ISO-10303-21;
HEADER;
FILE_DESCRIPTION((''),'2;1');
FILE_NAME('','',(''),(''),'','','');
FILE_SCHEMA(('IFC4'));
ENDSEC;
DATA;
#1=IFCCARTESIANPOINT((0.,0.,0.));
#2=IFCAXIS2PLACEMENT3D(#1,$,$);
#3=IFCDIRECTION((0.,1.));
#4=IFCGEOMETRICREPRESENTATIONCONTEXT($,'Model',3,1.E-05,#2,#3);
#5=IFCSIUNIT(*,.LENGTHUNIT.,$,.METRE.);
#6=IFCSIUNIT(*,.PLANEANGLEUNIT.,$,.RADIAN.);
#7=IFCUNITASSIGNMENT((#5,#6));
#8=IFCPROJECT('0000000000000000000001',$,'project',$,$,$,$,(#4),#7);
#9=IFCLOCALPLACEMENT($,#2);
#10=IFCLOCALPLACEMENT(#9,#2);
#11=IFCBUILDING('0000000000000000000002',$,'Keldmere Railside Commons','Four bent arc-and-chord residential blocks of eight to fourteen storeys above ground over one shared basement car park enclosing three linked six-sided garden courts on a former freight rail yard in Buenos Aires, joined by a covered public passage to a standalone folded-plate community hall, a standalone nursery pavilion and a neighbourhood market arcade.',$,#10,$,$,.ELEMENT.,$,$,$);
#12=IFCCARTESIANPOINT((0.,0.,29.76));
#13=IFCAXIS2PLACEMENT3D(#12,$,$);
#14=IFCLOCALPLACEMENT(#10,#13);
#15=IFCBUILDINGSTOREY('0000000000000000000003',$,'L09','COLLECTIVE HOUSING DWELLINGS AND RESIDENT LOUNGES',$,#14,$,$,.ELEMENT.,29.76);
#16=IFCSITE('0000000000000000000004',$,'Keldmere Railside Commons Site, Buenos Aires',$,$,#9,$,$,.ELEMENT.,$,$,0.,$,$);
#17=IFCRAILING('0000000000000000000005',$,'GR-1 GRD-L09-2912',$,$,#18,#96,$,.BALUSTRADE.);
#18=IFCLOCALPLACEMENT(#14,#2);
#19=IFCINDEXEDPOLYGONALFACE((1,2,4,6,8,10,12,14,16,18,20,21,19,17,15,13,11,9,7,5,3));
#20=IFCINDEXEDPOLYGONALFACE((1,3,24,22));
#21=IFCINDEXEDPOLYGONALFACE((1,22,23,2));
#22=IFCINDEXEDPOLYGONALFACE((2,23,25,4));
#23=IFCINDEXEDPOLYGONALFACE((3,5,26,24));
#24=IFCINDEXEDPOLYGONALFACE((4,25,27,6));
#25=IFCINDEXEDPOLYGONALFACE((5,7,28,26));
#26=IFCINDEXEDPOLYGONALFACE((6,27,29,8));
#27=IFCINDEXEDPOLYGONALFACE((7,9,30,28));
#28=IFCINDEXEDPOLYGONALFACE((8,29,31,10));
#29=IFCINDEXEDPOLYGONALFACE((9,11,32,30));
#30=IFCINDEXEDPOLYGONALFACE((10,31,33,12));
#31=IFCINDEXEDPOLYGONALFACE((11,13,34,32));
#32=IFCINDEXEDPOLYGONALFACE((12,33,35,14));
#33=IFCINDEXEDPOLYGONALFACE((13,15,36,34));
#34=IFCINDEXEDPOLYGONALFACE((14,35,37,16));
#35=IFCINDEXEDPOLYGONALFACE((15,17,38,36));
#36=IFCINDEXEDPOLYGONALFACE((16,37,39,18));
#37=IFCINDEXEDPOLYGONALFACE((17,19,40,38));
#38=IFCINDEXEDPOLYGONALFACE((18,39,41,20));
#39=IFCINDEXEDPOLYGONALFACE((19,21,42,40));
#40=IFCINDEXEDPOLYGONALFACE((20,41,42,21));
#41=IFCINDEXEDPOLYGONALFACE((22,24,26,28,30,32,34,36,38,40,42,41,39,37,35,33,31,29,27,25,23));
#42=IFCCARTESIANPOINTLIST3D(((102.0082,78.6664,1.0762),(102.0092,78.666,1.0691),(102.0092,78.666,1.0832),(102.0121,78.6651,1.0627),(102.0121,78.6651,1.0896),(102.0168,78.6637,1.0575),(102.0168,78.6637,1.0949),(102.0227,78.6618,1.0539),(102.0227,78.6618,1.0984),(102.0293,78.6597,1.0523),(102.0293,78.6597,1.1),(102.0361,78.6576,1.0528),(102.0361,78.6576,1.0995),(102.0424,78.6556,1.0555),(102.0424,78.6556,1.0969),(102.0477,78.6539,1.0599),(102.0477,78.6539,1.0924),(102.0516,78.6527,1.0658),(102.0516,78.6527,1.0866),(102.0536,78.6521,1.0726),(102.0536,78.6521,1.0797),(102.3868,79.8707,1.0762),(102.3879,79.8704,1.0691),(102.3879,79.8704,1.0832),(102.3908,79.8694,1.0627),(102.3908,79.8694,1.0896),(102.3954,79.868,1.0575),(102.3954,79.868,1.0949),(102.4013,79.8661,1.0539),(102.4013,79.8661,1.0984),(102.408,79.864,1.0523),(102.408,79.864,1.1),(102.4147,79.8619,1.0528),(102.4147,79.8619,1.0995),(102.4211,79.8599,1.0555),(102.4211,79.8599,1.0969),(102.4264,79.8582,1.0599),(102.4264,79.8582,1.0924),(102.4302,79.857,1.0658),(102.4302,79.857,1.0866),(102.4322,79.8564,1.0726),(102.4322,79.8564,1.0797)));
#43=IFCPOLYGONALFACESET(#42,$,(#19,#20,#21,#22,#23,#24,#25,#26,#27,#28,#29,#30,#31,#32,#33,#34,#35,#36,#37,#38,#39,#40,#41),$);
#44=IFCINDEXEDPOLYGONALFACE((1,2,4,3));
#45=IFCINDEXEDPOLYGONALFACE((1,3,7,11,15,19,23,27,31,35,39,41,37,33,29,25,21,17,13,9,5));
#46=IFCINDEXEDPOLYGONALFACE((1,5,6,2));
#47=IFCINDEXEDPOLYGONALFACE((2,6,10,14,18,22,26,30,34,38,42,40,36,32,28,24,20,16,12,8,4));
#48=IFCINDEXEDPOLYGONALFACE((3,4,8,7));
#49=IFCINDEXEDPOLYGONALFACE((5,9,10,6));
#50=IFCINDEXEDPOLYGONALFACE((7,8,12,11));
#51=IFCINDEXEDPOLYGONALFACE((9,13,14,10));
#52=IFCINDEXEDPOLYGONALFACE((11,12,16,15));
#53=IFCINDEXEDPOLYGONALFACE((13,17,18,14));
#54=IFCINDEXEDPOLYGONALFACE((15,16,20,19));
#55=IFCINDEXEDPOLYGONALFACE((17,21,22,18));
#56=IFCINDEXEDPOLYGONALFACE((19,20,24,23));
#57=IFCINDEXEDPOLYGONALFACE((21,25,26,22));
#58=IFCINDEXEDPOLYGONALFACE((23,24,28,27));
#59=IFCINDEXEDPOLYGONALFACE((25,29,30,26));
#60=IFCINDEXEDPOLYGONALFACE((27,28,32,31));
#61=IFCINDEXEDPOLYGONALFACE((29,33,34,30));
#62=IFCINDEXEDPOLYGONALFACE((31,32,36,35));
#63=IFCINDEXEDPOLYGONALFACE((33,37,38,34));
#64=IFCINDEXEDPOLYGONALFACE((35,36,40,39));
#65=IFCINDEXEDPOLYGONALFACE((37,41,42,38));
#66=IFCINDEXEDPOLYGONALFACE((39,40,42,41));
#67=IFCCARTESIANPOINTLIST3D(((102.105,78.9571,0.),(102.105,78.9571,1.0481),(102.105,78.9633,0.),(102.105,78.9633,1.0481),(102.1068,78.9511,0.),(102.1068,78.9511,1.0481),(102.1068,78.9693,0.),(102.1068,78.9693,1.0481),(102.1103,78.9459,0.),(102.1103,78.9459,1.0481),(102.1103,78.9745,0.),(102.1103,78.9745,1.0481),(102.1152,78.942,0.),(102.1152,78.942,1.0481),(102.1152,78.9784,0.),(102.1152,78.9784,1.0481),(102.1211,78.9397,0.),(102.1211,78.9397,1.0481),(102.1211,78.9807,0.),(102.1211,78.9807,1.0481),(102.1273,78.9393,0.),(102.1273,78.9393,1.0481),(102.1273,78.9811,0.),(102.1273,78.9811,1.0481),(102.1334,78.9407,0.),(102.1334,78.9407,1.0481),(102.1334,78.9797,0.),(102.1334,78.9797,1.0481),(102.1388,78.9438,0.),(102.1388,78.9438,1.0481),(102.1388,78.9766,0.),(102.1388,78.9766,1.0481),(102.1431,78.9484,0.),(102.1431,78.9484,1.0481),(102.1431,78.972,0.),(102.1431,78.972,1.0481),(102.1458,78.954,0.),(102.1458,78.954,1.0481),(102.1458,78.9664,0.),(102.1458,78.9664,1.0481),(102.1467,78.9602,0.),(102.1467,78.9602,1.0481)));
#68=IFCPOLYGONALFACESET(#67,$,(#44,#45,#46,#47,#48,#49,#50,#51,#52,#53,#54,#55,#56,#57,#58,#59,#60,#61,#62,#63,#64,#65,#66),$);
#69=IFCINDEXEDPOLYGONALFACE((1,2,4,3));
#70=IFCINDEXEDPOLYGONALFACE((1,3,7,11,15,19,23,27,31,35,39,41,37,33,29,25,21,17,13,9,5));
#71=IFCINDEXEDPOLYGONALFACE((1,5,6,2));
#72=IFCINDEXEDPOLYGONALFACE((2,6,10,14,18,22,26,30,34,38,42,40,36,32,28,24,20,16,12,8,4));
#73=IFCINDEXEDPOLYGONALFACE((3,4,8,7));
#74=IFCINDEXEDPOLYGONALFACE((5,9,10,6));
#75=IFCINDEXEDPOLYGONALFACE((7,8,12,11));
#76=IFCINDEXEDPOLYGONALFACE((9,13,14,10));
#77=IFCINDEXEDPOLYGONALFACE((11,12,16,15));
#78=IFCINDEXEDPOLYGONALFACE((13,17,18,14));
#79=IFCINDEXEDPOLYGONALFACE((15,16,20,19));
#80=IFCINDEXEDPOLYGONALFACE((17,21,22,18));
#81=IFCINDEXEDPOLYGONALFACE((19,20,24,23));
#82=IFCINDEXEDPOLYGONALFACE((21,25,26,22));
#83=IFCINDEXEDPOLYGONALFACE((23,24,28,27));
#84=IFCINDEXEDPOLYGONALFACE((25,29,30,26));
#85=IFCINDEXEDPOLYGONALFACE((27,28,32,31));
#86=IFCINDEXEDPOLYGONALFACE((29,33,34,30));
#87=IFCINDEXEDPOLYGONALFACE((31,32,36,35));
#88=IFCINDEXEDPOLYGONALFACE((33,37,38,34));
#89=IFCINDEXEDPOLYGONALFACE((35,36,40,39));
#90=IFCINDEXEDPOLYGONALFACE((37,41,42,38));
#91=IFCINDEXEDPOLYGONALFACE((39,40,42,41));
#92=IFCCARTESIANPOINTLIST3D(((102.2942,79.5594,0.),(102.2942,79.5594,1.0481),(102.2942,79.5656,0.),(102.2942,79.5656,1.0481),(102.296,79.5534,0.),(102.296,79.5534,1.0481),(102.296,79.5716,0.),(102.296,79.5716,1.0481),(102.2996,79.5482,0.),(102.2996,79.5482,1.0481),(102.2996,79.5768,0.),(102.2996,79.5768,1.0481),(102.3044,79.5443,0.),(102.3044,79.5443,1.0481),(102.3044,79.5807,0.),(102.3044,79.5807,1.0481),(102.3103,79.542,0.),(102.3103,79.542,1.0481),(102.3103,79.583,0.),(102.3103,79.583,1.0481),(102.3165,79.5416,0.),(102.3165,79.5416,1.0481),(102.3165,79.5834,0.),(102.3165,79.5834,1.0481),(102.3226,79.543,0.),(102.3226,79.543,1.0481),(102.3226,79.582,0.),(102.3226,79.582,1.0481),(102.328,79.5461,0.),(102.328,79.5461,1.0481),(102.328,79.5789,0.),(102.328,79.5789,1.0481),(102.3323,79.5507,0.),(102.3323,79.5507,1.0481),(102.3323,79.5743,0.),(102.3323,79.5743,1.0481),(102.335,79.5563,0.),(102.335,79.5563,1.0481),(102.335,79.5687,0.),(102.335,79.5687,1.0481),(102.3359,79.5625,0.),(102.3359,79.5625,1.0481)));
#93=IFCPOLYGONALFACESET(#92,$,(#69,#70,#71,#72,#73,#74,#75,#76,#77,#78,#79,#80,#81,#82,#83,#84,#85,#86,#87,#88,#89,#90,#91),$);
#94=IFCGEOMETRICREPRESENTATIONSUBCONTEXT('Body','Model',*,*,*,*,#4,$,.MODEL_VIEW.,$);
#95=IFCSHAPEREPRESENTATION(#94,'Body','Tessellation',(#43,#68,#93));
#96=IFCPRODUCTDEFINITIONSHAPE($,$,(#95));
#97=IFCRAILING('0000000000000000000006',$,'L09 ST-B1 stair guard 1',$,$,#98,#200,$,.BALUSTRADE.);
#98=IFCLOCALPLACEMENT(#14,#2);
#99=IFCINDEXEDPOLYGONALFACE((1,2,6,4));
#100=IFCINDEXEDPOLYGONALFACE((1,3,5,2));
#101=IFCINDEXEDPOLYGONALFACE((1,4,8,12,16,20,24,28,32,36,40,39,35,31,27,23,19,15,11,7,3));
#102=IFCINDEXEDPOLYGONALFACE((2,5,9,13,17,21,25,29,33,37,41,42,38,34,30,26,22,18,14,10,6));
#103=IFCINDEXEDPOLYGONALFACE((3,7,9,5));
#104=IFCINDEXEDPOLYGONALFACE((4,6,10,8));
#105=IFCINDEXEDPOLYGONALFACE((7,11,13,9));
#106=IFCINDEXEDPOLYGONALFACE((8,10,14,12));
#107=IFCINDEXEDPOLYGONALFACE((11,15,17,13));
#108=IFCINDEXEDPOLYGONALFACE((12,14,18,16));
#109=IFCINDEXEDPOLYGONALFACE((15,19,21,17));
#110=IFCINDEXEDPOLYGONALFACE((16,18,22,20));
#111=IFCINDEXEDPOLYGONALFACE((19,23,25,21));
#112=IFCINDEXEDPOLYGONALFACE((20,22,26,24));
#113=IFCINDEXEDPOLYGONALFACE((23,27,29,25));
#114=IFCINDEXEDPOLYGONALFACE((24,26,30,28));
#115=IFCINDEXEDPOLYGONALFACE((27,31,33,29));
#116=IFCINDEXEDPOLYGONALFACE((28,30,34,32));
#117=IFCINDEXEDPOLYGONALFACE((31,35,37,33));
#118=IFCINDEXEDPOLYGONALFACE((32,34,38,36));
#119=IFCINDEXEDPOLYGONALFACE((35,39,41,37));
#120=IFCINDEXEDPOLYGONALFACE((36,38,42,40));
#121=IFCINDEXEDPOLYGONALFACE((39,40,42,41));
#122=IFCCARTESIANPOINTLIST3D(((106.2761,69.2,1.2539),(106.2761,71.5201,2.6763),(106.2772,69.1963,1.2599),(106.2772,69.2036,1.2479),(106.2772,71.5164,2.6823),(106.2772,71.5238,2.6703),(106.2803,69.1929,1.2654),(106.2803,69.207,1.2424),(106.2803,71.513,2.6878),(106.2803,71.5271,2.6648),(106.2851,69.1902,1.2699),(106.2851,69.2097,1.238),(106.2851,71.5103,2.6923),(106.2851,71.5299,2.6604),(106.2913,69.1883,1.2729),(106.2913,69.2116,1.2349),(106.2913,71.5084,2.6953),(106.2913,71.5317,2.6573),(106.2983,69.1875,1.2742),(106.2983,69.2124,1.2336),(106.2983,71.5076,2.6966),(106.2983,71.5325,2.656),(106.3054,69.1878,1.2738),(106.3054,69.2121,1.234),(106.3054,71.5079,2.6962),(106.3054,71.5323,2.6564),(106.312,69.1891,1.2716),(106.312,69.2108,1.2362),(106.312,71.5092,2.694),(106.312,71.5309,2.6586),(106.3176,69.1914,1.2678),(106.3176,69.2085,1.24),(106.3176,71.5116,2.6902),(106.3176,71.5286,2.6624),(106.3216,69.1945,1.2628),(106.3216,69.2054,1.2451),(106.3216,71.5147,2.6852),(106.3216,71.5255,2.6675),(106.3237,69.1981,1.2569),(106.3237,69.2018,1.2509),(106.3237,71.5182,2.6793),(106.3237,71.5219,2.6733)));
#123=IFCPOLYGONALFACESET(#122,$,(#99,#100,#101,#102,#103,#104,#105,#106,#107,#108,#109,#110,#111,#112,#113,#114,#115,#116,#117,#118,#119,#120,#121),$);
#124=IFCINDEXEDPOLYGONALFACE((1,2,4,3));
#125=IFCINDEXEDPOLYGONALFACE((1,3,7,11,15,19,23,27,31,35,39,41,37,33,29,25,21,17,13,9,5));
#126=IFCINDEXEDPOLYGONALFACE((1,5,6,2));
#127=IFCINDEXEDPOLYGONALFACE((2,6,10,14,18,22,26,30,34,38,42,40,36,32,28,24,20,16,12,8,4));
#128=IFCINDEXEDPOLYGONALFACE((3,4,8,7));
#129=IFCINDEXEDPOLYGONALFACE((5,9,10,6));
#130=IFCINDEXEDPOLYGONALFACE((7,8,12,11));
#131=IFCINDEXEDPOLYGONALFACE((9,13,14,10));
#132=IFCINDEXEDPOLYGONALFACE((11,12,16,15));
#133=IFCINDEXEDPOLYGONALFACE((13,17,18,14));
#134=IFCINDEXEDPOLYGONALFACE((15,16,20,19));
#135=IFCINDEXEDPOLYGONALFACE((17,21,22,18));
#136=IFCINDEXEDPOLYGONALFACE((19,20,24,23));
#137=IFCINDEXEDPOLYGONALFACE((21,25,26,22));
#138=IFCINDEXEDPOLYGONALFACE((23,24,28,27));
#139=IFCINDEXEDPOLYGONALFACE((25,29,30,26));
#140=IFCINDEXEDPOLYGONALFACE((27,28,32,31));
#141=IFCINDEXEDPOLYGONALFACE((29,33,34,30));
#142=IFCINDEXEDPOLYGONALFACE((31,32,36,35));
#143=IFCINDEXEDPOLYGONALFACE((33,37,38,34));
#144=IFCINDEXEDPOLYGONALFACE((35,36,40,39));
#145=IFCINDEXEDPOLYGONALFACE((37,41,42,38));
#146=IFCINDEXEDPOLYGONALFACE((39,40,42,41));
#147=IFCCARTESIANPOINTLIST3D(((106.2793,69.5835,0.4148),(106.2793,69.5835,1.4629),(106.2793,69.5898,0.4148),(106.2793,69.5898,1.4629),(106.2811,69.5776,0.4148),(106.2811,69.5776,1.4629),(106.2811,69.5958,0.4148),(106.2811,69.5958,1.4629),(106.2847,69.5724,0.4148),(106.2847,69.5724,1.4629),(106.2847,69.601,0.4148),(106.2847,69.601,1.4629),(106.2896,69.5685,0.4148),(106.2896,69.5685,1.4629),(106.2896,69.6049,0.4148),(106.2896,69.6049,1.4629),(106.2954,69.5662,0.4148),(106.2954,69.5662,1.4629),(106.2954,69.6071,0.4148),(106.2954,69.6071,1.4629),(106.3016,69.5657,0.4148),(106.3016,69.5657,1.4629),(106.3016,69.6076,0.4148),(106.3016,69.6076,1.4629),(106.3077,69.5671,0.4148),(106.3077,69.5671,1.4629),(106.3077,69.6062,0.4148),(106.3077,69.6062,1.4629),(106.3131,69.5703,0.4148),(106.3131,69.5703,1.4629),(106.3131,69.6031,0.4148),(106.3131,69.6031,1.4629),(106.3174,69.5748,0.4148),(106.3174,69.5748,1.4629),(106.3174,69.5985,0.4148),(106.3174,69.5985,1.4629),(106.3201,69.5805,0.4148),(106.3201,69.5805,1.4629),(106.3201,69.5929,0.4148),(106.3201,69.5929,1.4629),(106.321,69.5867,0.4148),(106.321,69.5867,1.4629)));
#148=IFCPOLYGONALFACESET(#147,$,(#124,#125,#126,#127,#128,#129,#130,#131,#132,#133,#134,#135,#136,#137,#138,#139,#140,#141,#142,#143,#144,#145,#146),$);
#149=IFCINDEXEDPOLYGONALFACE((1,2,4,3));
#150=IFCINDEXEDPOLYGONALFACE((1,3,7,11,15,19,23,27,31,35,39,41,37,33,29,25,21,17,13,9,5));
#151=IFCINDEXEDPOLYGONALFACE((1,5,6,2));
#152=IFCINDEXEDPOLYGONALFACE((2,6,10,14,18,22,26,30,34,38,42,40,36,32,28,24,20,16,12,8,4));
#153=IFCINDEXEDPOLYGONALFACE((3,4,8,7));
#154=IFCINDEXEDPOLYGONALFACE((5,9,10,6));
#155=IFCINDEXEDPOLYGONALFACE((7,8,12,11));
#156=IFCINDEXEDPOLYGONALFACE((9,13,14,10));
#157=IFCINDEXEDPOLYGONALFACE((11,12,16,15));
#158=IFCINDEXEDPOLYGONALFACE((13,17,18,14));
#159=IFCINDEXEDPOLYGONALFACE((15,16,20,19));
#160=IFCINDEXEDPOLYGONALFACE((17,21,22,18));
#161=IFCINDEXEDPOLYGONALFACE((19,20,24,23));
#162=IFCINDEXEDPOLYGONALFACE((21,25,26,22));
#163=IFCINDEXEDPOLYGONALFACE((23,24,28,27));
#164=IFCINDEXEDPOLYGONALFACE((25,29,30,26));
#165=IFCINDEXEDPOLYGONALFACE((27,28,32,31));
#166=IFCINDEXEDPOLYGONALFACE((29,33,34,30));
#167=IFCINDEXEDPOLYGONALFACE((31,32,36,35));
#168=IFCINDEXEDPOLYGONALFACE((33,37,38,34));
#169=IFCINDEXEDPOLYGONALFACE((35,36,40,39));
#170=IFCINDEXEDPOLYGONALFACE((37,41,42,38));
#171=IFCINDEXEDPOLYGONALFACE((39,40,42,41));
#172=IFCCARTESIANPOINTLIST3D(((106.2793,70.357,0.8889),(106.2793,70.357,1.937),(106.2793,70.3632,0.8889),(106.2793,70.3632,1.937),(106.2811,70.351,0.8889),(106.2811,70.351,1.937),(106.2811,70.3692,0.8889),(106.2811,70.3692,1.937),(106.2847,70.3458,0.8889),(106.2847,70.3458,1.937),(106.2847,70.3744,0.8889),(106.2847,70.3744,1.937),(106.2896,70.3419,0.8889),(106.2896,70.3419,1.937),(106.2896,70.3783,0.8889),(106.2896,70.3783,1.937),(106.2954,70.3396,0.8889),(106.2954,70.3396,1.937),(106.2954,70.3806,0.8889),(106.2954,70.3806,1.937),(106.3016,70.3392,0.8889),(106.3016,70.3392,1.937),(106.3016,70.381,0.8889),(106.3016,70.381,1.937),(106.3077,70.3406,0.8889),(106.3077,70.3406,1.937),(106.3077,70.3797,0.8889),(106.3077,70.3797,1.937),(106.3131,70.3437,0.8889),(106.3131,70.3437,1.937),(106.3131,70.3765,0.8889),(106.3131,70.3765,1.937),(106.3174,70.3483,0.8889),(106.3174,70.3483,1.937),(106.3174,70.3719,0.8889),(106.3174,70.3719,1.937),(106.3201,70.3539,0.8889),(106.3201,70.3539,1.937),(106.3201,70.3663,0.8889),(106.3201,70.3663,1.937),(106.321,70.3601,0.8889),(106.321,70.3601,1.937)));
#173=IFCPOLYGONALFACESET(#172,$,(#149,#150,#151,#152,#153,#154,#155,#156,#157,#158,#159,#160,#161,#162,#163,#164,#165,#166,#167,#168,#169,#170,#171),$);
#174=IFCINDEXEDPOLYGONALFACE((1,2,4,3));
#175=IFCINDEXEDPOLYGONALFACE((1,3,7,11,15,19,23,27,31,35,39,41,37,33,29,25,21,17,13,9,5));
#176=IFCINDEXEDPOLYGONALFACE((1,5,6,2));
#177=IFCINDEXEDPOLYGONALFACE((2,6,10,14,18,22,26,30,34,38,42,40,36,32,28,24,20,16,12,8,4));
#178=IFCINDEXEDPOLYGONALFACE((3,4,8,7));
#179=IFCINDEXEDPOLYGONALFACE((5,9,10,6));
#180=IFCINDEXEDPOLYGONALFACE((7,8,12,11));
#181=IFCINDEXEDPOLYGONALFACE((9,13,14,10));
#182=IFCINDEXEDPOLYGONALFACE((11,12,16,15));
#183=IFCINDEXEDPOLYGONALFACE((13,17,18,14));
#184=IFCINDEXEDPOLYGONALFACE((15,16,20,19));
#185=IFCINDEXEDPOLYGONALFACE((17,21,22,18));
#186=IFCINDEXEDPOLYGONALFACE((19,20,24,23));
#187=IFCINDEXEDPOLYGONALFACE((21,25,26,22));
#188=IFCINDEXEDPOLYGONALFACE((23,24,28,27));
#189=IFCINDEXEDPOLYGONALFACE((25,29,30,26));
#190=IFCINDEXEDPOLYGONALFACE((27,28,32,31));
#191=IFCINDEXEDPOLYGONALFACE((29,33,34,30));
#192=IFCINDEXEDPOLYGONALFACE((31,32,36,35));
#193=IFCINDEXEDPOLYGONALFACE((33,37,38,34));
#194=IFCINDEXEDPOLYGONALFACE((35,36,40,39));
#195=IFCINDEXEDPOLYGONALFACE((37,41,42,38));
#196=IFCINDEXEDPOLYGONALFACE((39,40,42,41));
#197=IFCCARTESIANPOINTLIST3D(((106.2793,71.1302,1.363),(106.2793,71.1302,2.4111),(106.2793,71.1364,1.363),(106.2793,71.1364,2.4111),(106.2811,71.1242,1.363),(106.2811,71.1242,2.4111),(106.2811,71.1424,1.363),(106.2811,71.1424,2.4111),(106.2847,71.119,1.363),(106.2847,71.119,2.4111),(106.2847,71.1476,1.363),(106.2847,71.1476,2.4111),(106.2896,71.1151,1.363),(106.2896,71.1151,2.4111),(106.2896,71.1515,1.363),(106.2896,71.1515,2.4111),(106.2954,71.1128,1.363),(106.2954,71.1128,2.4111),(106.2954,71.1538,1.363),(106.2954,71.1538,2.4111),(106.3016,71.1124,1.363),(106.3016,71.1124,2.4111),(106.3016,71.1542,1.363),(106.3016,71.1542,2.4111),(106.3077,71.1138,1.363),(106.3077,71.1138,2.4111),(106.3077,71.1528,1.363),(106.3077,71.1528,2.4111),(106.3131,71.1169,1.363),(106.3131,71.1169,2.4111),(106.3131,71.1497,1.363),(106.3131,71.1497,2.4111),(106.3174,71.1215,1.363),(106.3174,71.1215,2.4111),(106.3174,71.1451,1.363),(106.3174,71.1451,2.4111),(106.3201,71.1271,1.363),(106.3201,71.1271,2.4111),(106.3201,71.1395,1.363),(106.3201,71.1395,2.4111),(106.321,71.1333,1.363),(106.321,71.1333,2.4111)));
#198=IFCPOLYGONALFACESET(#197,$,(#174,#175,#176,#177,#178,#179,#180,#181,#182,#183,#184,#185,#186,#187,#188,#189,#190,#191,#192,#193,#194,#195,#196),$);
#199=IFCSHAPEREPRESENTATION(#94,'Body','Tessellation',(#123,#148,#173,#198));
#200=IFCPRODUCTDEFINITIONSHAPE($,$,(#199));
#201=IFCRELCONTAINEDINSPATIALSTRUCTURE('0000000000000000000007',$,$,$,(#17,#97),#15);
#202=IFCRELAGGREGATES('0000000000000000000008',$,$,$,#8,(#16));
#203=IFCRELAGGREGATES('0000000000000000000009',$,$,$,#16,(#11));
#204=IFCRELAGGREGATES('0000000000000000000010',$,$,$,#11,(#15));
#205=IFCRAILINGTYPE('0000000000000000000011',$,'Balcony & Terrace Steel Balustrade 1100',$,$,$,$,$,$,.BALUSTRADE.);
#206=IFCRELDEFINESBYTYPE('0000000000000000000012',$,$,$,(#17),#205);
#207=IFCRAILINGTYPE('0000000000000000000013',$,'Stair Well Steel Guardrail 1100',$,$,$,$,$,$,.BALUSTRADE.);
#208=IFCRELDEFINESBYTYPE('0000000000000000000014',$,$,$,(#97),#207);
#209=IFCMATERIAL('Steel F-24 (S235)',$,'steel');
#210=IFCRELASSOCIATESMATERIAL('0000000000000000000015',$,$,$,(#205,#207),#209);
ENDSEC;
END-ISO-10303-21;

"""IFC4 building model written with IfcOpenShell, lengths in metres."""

from ifc_helpers import new_model, si_unit, direction, frame, origin, origin_2d, place, context, subcontext, project, spatial, circle, extrude, material, type_object, element, save


model = new_model("IFC4")

# Units and contexts
model_context = context("Model", 3, precision=1e-05, world=origin(), true_north=direction((0.0, 1.0)))
body_context = subcontext(model_context, "Body", "Model", "MODEL_VIEW")
ifc_project = project(units=[si_unit("LENGTHUNIT", "METRE"), si_unit("PLANEANGLEUNIT", "RADIAN")], contexts=[model_context])

# Site, building, storey
site_placement = place(None, origin())
site = spatial("IfcSite", under=ifc_project, at=site_placement, Name="Keldmere Railside Commons Site, Buenos Aires", CompositionType="ELEMENT", RefElevation=0.0)
building_placement = place(site_placement, origin())
building = spatial("IfcBuilding", under=site, at=building_placement, Name="Keldmere Railside Commons", Description="Four bent arc-and-chord residential blocks of eight to fourteen storeys above ground over one shared basement car park enclosing three linked six-sided garden courts on a former freight rail yard in Buenos Aires, joined by a covered public passage to a standalone folded-plate community hall, a standalone nursery pavilion and a neighbourhood market arcade.", CompositionType="ELEMENT")
storey_placement = place(building_placement, frame((0.0, 0.0, 29.76)))
storey = spatial("IfcBuildingStorey", under=building, at=storey_placement, Name="L09", Description="COLLECTIVE HOUSING DWELLINGS AND RESIDENT LOUNGES", CompositionType="ELEMENT", Elevation=29.76)

# Shared definitions
ifc_material_1 = material(Name="Steel F-24 (S235)", Category="steel")

# Railings
railing_type_1 = type_object("IfcRailingType", Name="Balcony & Terrace Steel Balustrade 1100", PredefinedType="BALUSTRADE", material=ifc_material_1)
railing_1_placement = place(storey_placement, frame((102.031, 78.6592, 0.0)))
element("IfcRailing", 1, at=railing_1_placement, inside=storey, type_object=railing_type_1, Name="GR-1 GRD-L09-2912", PredefinedType="BALUSTRADE", context=body_context, shape_type="SweptSolid", body=[
    extrude(circle(Radius=0.0239, at=origin_2d()), frame((0.0, 0.0, 1.0762), z_axis=(0.299937, 0.953959, 0.0), x_axis=(-0.953959, 0.299937, 0.0)), (0.0, 0.0, 1.0), 1.2625),
    extrude(circle(Radius=0.021, at=origin_2d()), frame((0.0947, 0.301, 0.0)), (0.0, 0.0, 1.0), 1.0481),
    extrude(circle(Radius=0.021, at=origin_2d()), frame((0.2839, 0.9033, 0.0)), (0.0, 0.0, 1.0), 1.0481),
])
railing_type_2 = type_object("IfcRailingType", Name="Stair Well Steel Guardrail 1100", PredefinedType="BALUSTRADE", material=ifc_material_1)
railing_2_placement = place(storey_placement, frame((106.3, 69.2, 0.1777)))
element("IfcRailing", 2, at=railing_2_placement, inside=storey, type_object=railing_type_2, Name="L09 ST-B1 stair guard 1", PredefinedType="BALUSTRADE", context=body_context, shape_type="SweptSolid", body=[
    extrude(circle(Radius=0.0239, at=origin_2d()), frame((0.0, 0.0, 1.0762), z_axis=(0.0, 0.852538, 0.522665), x_axis=(-1.0, 0.0, 0.0)), (0.0, 0.0, 1.0), 2.7214),
    extrude(circle(Radius=0.021, at=origin_2d()), frame((0.0, 0.3867, 0.2371)), (0.0, 0.0, 1.0), 1.0481),
    extrude(circle(Radius=0.021, at=origin_2d()), frame((0.0, 1.1602, 0.7112)), (0.0, 0.0, 1.0), 1.0481),
    extrude(circle(Radius=0.021, at=origin_2d()), frame((0.0, 1.9333, 1.1853)), (0.0, 0.0, 1.0), 1.0481),
])

save(model, "model.ifc")
